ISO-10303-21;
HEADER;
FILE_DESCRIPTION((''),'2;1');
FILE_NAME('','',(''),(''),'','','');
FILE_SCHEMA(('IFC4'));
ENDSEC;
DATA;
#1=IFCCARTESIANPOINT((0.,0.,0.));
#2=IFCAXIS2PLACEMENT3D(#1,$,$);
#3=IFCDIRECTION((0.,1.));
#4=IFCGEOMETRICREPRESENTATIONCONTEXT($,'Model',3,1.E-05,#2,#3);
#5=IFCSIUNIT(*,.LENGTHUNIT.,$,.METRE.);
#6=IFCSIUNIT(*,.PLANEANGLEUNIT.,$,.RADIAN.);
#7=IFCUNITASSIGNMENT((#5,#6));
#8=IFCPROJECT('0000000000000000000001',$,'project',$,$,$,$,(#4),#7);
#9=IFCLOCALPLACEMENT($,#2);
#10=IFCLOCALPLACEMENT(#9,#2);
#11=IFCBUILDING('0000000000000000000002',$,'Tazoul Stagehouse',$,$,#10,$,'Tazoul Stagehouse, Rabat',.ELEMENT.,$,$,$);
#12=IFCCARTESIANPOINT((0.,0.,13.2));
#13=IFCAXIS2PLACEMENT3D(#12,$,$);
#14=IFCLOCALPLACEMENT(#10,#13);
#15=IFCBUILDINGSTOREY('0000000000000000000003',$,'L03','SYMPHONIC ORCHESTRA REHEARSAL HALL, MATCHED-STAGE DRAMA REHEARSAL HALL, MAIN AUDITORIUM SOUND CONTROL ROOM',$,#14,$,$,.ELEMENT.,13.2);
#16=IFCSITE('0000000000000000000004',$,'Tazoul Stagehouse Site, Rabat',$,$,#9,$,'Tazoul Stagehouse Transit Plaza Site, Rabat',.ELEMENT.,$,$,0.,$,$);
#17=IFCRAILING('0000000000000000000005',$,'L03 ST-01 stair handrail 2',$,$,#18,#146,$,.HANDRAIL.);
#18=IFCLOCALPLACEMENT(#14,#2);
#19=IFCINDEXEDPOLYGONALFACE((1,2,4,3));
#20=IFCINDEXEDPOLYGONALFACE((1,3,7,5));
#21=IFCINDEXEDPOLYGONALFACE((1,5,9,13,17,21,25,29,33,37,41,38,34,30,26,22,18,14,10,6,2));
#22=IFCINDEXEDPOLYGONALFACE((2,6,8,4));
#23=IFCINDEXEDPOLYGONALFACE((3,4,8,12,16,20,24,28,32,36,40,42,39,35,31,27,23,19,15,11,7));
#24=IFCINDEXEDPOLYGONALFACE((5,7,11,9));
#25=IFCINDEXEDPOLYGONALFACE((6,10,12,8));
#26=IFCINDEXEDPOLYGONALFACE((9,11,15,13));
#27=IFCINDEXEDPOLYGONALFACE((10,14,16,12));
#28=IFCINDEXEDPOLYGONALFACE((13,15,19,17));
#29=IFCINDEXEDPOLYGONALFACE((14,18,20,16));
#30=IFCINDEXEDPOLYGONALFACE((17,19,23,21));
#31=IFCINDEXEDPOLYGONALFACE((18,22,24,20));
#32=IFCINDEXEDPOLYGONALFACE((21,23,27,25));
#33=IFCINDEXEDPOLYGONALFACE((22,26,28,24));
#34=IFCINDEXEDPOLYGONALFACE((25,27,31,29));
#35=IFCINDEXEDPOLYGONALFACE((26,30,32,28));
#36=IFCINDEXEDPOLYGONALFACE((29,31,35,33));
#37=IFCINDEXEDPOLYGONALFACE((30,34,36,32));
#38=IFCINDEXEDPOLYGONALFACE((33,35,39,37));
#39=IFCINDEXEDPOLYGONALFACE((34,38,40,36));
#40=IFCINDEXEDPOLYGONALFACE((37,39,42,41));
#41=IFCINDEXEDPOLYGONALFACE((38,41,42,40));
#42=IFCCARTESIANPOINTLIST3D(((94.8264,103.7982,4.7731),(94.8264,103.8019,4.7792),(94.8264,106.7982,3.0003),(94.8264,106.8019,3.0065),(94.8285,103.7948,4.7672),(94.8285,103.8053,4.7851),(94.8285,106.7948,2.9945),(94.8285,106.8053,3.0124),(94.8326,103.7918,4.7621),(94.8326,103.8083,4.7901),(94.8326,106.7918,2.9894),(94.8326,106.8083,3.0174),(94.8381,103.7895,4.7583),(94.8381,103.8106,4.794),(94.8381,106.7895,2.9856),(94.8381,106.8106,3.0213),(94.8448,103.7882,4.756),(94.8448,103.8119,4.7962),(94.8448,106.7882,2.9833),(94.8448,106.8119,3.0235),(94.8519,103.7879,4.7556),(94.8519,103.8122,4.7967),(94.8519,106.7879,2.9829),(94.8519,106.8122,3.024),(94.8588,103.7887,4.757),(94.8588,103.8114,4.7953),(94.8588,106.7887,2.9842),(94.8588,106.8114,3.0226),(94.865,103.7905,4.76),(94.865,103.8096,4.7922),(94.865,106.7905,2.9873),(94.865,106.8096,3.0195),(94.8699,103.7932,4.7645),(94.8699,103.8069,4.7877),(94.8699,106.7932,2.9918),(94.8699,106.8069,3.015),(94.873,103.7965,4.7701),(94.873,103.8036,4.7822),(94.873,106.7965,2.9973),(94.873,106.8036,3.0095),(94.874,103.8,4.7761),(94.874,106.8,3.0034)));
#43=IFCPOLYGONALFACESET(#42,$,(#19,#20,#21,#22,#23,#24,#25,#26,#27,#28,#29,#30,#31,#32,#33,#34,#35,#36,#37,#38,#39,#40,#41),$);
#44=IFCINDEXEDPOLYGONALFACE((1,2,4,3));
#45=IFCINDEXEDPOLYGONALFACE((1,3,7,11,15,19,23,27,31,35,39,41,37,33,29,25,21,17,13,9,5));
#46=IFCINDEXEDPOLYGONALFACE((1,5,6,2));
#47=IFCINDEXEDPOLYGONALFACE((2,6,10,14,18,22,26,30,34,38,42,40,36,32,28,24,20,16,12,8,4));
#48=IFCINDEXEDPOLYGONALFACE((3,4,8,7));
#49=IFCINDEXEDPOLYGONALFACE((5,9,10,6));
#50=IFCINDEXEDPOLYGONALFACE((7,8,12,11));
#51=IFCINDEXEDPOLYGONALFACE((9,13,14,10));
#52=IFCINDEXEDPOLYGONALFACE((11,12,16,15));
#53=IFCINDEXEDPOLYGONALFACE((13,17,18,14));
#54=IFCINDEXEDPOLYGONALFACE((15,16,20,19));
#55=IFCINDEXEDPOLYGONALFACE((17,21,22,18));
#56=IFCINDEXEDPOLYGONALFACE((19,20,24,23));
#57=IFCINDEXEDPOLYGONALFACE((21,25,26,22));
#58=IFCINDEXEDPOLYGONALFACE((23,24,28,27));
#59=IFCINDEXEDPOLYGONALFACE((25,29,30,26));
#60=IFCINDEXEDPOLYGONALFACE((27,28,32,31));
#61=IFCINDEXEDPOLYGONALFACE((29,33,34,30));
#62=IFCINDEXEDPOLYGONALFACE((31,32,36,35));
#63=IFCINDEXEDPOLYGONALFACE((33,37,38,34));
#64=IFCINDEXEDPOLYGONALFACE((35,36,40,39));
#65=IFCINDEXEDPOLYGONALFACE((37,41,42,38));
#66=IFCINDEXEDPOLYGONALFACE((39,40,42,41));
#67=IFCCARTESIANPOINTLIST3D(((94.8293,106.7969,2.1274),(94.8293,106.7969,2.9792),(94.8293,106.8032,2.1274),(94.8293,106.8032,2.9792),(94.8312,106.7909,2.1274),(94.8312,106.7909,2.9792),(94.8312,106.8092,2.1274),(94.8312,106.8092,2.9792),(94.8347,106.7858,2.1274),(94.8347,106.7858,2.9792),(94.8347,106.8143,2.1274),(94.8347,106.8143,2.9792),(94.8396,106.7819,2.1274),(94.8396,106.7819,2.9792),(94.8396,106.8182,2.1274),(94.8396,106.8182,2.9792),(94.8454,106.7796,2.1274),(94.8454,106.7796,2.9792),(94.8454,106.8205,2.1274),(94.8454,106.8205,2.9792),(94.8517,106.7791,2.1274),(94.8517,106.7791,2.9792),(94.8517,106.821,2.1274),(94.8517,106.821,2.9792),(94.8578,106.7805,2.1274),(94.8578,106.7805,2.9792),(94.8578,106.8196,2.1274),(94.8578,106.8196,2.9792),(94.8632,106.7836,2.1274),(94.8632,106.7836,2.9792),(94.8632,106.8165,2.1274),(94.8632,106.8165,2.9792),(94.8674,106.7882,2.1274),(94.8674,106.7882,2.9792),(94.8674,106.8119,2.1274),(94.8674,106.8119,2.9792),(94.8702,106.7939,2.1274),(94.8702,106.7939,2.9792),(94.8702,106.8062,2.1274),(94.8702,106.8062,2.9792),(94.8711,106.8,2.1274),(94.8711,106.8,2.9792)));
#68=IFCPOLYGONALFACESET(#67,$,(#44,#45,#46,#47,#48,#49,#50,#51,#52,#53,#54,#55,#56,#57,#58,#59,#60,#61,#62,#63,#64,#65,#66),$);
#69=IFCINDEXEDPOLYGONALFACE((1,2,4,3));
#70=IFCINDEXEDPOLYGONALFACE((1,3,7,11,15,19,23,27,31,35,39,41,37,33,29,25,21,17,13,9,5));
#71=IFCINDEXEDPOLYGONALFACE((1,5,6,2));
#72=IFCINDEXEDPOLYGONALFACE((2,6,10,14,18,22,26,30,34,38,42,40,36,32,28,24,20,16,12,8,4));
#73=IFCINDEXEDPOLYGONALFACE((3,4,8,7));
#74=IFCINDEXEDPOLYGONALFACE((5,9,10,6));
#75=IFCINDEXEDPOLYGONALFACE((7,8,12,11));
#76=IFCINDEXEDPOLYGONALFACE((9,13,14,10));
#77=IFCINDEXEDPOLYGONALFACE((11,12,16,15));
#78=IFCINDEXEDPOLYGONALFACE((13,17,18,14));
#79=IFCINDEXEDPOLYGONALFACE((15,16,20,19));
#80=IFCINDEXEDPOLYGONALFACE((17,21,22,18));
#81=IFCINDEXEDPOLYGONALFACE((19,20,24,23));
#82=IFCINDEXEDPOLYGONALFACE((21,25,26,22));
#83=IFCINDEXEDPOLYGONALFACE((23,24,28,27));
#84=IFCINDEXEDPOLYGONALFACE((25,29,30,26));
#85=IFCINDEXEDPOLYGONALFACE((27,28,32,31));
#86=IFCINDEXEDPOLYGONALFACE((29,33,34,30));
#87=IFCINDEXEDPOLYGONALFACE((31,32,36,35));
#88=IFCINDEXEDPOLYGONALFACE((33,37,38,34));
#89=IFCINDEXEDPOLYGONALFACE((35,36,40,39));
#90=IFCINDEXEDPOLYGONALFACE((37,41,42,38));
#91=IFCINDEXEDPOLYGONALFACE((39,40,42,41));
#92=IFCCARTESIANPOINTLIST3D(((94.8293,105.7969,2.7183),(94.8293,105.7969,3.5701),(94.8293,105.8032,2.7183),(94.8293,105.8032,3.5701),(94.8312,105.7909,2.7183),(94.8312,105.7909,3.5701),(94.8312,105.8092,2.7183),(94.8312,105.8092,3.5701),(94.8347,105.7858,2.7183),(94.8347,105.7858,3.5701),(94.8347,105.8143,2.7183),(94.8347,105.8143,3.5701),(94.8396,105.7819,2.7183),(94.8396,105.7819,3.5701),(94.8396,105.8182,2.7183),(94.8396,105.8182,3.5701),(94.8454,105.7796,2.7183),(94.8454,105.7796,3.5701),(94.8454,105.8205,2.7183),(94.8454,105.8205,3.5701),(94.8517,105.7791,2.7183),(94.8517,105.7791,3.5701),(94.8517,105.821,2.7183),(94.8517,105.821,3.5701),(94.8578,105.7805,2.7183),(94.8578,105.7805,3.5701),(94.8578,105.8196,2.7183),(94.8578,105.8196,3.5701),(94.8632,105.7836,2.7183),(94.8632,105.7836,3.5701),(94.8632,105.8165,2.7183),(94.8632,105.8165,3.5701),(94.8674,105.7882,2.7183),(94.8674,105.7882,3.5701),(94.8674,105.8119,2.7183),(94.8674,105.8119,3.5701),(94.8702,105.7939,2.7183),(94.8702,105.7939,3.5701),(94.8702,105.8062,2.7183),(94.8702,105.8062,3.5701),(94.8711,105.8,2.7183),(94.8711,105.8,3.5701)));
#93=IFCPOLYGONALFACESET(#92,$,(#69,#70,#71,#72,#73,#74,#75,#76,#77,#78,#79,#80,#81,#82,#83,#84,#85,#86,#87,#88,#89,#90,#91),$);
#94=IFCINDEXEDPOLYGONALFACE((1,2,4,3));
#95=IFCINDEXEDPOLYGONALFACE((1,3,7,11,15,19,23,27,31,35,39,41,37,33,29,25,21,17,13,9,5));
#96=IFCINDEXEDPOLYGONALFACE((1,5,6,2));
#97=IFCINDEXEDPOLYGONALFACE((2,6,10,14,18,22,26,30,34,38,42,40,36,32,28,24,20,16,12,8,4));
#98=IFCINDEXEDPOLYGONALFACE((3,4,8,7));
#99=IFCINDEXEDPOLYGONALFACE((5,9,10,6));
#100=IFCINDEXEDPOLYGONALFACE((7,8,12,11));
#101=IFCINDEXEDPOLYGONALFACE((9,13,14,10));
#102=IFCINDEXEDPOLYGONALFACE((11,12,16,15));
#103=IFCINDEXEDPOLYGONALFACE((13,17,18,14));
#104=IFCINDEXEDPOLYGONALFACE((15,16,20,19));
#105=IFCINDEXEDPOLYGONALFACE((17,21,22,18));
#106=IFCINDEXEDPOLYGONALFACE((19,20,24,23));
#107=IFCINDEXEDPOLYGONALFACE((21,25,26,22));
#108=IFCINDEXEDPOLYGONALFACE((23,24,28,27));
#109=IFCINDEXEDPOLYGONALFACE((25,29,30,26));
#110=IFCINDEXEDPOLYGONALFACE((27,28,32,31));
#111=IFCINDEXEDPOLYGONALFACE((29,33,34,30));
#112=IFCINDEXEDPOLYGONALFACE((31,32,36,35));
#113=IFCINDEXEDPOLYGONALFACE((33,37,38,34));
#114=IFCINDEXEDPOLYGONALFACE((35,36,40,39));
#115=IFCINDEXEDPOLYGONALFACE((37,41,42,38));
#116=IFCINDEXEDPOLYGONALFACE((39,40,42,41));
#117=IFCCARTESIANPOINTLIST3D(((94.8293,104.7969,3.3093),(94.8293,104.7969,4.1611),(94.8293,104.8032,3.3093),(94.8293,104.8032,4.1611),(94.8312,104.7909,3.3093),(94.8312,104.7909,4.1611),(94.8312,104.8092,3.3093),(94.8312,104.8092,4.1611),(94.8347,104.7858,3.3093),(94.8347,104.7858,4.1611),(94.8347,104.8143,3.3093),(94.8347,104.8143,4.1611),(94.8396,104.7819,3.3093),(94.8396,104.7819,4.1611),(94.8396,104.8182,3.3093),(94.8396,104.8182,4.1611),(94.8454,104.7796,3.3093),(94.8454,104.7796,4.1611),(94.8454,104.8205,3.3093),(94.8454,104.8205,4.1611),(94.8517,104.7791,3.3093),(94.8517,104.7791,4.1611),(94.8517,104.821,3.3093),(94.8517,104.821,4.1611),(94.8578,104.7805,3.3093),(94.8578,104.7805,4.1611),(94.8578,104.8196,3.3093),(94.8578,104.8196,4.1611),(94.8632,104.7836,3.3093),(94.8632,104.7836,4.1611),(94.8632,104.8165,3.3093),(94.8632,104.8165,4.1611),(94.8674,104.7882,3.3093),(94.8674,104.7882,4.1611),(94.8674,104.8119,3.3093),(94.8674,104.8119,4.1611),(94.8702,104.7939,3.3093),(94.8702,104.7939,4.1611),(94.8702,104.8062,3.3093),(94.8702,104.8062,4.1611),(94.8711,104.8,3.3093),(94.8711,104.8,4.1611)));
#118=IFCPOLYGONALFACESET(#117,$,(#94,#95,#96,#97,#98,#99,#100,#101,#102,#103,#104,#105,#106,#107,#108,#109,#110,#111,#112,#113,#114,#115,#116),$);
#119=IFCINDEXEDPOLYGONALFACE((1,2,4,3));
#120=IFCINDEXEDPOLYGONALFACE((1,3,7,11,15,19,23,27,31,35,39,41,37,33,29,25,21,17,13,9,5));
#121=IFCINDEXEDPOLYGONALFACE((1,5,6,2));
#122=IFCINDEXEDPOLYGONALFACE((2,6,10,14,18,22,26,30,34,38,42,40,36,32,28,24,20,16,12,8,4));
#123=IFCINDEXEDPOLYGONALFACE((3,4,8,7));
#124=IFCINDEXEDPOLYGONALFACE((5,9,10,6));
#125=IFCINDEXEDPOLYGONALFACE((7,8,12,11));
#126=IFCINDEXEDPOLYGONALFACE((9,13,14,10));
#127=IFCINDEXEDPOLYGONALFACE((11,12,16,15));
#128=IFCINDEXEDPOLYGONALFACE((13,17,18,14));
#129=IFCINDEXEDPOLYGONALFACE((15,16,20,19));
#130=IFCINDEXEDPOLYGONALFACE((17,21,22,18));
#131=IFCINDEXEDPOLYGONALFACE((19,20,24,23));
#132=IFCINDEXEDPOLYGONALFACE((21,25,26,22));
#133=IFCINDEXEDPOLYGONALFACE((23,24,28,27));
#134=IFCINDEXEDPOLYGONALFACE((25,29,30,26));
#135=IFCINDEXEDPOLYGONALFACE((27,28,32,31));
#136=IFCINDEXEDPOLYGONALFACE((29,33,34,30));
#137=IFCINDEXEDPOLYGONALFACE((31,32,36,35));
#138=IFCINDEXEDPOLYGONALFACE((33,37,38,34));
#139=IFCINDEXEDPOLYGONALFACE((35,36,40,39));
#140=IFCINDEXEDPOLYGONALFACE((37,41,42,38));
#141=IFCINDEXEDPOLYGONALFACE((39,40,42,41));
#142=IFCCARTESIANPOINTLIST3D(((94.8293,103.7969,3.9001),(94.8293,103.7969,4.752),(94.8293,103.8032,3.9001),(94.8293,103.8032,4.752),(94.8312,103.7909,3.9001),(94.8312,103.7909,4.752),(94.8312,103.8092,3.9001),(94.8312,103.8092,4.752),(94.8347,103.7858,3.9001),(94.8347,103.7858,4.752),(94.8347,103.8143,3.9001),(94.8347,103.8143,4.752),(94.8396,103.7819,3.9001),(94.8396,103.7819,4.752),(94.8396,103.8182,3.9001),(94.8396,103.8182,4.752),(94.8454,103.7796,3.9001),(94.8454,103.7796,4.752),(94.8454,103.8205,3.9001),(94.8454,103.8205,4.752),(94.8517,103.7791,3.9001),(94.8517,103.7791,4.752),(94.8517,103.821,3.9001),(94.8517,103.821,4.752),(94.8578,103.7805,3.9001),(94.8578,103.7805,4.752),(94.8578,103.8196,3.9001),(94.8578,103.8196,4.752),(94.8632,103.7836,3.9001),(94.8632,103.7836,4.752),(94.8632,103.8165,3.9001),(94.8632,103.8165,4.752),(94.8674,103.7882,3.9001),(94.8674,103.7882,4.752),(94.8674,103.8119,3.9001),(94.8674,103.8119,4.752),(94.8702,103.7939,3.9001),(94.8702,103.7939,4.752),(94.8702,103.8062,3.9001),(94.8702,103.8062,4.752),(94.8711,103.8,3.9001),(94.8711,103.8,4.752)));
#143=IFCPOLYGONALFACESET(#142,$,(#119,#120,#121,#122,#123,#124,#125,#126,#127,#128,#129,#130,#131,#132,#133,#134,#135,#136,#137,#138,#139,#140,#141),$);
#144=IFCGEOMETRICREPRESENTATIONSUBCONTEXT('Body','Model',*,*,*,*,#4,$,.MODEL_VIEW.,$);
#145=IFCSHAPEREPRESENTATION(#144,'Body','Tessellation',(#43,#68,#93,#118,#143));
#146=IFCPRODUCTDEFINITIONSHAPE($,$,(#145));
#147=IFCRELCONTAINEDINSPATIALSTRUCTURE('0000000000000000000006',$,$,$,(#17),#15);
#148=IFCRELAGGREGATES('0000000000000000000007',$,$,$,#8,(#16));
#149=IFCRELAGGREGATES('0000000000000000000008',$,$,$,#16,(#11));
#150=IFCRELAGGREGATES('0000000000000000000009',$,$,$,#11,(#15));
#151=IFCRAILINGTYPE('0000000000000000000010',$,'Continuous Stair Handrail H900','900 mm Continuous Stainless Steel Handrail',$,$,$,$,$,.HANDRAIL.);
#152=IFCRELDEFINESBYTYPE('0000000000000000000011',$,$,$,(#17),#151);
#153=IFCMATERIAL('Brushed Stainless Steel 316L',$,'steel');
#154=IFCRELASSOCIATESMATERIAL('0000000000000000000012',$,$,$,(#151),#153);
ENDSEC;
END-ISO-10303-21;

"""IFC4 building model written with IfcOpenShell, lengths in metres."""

from ifc_helpers import new_model, si_unit, direction, frame, origin, origin_2d, place, context, subcontext, project, spatial, circle, extrude, material, material_profile, profile_set, type_object, element, save


model = new_model("IFC4")

# Units and contexts
model_context = context("Model", 3, precision=1e-05, world=origin(), true_north=direction((0.0, 1.0)))
body_context = subcontext(model_context, "Body", "Model", "MODEL_VIEW")
ifc_project = project(units=[si_unit("LENGTHUNIT", "METRE"), si_unit("PLANEANGLEUNIT", "RADIAN")], contexts=[model_context])

# Site, building, storey
site_placement = place(None, origin())
site = spatial("IfcSite", under=ifc_project, at=site_placement, Name="Tazoul Stagehouse Site, Rabat", LongName="Tazoul Stagehouse Transit Plaza Site, Rabat", CompositionType="ELEMENT", RefElevation=0.0)
building_placement = place(site_placement, origin())
building = spatial("IfcBuilding", under=site, at=building_placement, Name="Tazoul Stagehouse", LongName="Tazoul Stagehouse, Rabat", CompositionType="ELEMENT")
storey_placement = place(building_placement, frame((0.0, 0.0, 13.2)))
storey = spatial("IfcBuildingStorey", under=building, at=storey_placement, Name="L03", Description="SYMPHONIC ORCHESTRA REHEARSAL HALL, MATCHED-STAGE DRAMA REHEARSAL HALL, MAIN AUDITORIUM SOUND CONTROL ROOM", CompositionType="ELEMENT", Elevation=13.2)

# Railing
ifc_material_1 = material(Name="Brushed Stainless Steel 316L", Category="steel")
ifc_material_profile_1 = material_profile(ifc_material_1, circle(Radius=0.021, at=origin_2d()), Name="SS HANDRAIL D42")
ifc_profile_set_1 = profile_set([ifc_material_profile_1], Name="Brushed Stainless Steel 316L")
railing_type = type_object("IfcRailingType", Name="Continuous Stair Handrail H900", Description="900 mm Continuous Stainless Steel Handrail", PredefinedType="HANDRAIL", material=ifc_profile_set_1)
railing_placement = place(storey_placement, frame((94.8501, 106.8, 2.1274)))
element("IfcRailing", 1, at=railing_placement, inside=storey, type_object=railing_type, Name="L03 ST-01 stair handrail 2", PredefinedType="HANDRAIL", context=body_context, shape_type="SweptSolid", body=[
    extrude(circle(Radius=0.0239, at=origin_2d()), frame((0.0, 0.0, 0.876), z_axis=(0.0, -0.860929, 0.508725), x_axis=(1.0, 0.0, 0.0)), (0.0, 0.0, 1.0), 3.4846),
    extrude(circle(Radius=0.021, at=origin_2d()), origin(), (0.0, 0.0, 1.0), 0.8518),
    extrude(circle(Radius=0.021, at=origin_2d()), frame((0.0, -1.0, 0.5908)), (0.0, 0.0, 1.0), 0.8518),
    extrude(circle(Radius=0.021, at=origin_2d()), frame((0.0, -2.0, 1.1819)), (0.0, 0.0, 1.0), 0.8518),
    extrude(circle(Radius=0.021, at=origin_2d()), frame((0.0, -3.0, 1.7727)), (0.0, 0.0, 1.0), 0.8518),
])

save(model, "model.ifc")
